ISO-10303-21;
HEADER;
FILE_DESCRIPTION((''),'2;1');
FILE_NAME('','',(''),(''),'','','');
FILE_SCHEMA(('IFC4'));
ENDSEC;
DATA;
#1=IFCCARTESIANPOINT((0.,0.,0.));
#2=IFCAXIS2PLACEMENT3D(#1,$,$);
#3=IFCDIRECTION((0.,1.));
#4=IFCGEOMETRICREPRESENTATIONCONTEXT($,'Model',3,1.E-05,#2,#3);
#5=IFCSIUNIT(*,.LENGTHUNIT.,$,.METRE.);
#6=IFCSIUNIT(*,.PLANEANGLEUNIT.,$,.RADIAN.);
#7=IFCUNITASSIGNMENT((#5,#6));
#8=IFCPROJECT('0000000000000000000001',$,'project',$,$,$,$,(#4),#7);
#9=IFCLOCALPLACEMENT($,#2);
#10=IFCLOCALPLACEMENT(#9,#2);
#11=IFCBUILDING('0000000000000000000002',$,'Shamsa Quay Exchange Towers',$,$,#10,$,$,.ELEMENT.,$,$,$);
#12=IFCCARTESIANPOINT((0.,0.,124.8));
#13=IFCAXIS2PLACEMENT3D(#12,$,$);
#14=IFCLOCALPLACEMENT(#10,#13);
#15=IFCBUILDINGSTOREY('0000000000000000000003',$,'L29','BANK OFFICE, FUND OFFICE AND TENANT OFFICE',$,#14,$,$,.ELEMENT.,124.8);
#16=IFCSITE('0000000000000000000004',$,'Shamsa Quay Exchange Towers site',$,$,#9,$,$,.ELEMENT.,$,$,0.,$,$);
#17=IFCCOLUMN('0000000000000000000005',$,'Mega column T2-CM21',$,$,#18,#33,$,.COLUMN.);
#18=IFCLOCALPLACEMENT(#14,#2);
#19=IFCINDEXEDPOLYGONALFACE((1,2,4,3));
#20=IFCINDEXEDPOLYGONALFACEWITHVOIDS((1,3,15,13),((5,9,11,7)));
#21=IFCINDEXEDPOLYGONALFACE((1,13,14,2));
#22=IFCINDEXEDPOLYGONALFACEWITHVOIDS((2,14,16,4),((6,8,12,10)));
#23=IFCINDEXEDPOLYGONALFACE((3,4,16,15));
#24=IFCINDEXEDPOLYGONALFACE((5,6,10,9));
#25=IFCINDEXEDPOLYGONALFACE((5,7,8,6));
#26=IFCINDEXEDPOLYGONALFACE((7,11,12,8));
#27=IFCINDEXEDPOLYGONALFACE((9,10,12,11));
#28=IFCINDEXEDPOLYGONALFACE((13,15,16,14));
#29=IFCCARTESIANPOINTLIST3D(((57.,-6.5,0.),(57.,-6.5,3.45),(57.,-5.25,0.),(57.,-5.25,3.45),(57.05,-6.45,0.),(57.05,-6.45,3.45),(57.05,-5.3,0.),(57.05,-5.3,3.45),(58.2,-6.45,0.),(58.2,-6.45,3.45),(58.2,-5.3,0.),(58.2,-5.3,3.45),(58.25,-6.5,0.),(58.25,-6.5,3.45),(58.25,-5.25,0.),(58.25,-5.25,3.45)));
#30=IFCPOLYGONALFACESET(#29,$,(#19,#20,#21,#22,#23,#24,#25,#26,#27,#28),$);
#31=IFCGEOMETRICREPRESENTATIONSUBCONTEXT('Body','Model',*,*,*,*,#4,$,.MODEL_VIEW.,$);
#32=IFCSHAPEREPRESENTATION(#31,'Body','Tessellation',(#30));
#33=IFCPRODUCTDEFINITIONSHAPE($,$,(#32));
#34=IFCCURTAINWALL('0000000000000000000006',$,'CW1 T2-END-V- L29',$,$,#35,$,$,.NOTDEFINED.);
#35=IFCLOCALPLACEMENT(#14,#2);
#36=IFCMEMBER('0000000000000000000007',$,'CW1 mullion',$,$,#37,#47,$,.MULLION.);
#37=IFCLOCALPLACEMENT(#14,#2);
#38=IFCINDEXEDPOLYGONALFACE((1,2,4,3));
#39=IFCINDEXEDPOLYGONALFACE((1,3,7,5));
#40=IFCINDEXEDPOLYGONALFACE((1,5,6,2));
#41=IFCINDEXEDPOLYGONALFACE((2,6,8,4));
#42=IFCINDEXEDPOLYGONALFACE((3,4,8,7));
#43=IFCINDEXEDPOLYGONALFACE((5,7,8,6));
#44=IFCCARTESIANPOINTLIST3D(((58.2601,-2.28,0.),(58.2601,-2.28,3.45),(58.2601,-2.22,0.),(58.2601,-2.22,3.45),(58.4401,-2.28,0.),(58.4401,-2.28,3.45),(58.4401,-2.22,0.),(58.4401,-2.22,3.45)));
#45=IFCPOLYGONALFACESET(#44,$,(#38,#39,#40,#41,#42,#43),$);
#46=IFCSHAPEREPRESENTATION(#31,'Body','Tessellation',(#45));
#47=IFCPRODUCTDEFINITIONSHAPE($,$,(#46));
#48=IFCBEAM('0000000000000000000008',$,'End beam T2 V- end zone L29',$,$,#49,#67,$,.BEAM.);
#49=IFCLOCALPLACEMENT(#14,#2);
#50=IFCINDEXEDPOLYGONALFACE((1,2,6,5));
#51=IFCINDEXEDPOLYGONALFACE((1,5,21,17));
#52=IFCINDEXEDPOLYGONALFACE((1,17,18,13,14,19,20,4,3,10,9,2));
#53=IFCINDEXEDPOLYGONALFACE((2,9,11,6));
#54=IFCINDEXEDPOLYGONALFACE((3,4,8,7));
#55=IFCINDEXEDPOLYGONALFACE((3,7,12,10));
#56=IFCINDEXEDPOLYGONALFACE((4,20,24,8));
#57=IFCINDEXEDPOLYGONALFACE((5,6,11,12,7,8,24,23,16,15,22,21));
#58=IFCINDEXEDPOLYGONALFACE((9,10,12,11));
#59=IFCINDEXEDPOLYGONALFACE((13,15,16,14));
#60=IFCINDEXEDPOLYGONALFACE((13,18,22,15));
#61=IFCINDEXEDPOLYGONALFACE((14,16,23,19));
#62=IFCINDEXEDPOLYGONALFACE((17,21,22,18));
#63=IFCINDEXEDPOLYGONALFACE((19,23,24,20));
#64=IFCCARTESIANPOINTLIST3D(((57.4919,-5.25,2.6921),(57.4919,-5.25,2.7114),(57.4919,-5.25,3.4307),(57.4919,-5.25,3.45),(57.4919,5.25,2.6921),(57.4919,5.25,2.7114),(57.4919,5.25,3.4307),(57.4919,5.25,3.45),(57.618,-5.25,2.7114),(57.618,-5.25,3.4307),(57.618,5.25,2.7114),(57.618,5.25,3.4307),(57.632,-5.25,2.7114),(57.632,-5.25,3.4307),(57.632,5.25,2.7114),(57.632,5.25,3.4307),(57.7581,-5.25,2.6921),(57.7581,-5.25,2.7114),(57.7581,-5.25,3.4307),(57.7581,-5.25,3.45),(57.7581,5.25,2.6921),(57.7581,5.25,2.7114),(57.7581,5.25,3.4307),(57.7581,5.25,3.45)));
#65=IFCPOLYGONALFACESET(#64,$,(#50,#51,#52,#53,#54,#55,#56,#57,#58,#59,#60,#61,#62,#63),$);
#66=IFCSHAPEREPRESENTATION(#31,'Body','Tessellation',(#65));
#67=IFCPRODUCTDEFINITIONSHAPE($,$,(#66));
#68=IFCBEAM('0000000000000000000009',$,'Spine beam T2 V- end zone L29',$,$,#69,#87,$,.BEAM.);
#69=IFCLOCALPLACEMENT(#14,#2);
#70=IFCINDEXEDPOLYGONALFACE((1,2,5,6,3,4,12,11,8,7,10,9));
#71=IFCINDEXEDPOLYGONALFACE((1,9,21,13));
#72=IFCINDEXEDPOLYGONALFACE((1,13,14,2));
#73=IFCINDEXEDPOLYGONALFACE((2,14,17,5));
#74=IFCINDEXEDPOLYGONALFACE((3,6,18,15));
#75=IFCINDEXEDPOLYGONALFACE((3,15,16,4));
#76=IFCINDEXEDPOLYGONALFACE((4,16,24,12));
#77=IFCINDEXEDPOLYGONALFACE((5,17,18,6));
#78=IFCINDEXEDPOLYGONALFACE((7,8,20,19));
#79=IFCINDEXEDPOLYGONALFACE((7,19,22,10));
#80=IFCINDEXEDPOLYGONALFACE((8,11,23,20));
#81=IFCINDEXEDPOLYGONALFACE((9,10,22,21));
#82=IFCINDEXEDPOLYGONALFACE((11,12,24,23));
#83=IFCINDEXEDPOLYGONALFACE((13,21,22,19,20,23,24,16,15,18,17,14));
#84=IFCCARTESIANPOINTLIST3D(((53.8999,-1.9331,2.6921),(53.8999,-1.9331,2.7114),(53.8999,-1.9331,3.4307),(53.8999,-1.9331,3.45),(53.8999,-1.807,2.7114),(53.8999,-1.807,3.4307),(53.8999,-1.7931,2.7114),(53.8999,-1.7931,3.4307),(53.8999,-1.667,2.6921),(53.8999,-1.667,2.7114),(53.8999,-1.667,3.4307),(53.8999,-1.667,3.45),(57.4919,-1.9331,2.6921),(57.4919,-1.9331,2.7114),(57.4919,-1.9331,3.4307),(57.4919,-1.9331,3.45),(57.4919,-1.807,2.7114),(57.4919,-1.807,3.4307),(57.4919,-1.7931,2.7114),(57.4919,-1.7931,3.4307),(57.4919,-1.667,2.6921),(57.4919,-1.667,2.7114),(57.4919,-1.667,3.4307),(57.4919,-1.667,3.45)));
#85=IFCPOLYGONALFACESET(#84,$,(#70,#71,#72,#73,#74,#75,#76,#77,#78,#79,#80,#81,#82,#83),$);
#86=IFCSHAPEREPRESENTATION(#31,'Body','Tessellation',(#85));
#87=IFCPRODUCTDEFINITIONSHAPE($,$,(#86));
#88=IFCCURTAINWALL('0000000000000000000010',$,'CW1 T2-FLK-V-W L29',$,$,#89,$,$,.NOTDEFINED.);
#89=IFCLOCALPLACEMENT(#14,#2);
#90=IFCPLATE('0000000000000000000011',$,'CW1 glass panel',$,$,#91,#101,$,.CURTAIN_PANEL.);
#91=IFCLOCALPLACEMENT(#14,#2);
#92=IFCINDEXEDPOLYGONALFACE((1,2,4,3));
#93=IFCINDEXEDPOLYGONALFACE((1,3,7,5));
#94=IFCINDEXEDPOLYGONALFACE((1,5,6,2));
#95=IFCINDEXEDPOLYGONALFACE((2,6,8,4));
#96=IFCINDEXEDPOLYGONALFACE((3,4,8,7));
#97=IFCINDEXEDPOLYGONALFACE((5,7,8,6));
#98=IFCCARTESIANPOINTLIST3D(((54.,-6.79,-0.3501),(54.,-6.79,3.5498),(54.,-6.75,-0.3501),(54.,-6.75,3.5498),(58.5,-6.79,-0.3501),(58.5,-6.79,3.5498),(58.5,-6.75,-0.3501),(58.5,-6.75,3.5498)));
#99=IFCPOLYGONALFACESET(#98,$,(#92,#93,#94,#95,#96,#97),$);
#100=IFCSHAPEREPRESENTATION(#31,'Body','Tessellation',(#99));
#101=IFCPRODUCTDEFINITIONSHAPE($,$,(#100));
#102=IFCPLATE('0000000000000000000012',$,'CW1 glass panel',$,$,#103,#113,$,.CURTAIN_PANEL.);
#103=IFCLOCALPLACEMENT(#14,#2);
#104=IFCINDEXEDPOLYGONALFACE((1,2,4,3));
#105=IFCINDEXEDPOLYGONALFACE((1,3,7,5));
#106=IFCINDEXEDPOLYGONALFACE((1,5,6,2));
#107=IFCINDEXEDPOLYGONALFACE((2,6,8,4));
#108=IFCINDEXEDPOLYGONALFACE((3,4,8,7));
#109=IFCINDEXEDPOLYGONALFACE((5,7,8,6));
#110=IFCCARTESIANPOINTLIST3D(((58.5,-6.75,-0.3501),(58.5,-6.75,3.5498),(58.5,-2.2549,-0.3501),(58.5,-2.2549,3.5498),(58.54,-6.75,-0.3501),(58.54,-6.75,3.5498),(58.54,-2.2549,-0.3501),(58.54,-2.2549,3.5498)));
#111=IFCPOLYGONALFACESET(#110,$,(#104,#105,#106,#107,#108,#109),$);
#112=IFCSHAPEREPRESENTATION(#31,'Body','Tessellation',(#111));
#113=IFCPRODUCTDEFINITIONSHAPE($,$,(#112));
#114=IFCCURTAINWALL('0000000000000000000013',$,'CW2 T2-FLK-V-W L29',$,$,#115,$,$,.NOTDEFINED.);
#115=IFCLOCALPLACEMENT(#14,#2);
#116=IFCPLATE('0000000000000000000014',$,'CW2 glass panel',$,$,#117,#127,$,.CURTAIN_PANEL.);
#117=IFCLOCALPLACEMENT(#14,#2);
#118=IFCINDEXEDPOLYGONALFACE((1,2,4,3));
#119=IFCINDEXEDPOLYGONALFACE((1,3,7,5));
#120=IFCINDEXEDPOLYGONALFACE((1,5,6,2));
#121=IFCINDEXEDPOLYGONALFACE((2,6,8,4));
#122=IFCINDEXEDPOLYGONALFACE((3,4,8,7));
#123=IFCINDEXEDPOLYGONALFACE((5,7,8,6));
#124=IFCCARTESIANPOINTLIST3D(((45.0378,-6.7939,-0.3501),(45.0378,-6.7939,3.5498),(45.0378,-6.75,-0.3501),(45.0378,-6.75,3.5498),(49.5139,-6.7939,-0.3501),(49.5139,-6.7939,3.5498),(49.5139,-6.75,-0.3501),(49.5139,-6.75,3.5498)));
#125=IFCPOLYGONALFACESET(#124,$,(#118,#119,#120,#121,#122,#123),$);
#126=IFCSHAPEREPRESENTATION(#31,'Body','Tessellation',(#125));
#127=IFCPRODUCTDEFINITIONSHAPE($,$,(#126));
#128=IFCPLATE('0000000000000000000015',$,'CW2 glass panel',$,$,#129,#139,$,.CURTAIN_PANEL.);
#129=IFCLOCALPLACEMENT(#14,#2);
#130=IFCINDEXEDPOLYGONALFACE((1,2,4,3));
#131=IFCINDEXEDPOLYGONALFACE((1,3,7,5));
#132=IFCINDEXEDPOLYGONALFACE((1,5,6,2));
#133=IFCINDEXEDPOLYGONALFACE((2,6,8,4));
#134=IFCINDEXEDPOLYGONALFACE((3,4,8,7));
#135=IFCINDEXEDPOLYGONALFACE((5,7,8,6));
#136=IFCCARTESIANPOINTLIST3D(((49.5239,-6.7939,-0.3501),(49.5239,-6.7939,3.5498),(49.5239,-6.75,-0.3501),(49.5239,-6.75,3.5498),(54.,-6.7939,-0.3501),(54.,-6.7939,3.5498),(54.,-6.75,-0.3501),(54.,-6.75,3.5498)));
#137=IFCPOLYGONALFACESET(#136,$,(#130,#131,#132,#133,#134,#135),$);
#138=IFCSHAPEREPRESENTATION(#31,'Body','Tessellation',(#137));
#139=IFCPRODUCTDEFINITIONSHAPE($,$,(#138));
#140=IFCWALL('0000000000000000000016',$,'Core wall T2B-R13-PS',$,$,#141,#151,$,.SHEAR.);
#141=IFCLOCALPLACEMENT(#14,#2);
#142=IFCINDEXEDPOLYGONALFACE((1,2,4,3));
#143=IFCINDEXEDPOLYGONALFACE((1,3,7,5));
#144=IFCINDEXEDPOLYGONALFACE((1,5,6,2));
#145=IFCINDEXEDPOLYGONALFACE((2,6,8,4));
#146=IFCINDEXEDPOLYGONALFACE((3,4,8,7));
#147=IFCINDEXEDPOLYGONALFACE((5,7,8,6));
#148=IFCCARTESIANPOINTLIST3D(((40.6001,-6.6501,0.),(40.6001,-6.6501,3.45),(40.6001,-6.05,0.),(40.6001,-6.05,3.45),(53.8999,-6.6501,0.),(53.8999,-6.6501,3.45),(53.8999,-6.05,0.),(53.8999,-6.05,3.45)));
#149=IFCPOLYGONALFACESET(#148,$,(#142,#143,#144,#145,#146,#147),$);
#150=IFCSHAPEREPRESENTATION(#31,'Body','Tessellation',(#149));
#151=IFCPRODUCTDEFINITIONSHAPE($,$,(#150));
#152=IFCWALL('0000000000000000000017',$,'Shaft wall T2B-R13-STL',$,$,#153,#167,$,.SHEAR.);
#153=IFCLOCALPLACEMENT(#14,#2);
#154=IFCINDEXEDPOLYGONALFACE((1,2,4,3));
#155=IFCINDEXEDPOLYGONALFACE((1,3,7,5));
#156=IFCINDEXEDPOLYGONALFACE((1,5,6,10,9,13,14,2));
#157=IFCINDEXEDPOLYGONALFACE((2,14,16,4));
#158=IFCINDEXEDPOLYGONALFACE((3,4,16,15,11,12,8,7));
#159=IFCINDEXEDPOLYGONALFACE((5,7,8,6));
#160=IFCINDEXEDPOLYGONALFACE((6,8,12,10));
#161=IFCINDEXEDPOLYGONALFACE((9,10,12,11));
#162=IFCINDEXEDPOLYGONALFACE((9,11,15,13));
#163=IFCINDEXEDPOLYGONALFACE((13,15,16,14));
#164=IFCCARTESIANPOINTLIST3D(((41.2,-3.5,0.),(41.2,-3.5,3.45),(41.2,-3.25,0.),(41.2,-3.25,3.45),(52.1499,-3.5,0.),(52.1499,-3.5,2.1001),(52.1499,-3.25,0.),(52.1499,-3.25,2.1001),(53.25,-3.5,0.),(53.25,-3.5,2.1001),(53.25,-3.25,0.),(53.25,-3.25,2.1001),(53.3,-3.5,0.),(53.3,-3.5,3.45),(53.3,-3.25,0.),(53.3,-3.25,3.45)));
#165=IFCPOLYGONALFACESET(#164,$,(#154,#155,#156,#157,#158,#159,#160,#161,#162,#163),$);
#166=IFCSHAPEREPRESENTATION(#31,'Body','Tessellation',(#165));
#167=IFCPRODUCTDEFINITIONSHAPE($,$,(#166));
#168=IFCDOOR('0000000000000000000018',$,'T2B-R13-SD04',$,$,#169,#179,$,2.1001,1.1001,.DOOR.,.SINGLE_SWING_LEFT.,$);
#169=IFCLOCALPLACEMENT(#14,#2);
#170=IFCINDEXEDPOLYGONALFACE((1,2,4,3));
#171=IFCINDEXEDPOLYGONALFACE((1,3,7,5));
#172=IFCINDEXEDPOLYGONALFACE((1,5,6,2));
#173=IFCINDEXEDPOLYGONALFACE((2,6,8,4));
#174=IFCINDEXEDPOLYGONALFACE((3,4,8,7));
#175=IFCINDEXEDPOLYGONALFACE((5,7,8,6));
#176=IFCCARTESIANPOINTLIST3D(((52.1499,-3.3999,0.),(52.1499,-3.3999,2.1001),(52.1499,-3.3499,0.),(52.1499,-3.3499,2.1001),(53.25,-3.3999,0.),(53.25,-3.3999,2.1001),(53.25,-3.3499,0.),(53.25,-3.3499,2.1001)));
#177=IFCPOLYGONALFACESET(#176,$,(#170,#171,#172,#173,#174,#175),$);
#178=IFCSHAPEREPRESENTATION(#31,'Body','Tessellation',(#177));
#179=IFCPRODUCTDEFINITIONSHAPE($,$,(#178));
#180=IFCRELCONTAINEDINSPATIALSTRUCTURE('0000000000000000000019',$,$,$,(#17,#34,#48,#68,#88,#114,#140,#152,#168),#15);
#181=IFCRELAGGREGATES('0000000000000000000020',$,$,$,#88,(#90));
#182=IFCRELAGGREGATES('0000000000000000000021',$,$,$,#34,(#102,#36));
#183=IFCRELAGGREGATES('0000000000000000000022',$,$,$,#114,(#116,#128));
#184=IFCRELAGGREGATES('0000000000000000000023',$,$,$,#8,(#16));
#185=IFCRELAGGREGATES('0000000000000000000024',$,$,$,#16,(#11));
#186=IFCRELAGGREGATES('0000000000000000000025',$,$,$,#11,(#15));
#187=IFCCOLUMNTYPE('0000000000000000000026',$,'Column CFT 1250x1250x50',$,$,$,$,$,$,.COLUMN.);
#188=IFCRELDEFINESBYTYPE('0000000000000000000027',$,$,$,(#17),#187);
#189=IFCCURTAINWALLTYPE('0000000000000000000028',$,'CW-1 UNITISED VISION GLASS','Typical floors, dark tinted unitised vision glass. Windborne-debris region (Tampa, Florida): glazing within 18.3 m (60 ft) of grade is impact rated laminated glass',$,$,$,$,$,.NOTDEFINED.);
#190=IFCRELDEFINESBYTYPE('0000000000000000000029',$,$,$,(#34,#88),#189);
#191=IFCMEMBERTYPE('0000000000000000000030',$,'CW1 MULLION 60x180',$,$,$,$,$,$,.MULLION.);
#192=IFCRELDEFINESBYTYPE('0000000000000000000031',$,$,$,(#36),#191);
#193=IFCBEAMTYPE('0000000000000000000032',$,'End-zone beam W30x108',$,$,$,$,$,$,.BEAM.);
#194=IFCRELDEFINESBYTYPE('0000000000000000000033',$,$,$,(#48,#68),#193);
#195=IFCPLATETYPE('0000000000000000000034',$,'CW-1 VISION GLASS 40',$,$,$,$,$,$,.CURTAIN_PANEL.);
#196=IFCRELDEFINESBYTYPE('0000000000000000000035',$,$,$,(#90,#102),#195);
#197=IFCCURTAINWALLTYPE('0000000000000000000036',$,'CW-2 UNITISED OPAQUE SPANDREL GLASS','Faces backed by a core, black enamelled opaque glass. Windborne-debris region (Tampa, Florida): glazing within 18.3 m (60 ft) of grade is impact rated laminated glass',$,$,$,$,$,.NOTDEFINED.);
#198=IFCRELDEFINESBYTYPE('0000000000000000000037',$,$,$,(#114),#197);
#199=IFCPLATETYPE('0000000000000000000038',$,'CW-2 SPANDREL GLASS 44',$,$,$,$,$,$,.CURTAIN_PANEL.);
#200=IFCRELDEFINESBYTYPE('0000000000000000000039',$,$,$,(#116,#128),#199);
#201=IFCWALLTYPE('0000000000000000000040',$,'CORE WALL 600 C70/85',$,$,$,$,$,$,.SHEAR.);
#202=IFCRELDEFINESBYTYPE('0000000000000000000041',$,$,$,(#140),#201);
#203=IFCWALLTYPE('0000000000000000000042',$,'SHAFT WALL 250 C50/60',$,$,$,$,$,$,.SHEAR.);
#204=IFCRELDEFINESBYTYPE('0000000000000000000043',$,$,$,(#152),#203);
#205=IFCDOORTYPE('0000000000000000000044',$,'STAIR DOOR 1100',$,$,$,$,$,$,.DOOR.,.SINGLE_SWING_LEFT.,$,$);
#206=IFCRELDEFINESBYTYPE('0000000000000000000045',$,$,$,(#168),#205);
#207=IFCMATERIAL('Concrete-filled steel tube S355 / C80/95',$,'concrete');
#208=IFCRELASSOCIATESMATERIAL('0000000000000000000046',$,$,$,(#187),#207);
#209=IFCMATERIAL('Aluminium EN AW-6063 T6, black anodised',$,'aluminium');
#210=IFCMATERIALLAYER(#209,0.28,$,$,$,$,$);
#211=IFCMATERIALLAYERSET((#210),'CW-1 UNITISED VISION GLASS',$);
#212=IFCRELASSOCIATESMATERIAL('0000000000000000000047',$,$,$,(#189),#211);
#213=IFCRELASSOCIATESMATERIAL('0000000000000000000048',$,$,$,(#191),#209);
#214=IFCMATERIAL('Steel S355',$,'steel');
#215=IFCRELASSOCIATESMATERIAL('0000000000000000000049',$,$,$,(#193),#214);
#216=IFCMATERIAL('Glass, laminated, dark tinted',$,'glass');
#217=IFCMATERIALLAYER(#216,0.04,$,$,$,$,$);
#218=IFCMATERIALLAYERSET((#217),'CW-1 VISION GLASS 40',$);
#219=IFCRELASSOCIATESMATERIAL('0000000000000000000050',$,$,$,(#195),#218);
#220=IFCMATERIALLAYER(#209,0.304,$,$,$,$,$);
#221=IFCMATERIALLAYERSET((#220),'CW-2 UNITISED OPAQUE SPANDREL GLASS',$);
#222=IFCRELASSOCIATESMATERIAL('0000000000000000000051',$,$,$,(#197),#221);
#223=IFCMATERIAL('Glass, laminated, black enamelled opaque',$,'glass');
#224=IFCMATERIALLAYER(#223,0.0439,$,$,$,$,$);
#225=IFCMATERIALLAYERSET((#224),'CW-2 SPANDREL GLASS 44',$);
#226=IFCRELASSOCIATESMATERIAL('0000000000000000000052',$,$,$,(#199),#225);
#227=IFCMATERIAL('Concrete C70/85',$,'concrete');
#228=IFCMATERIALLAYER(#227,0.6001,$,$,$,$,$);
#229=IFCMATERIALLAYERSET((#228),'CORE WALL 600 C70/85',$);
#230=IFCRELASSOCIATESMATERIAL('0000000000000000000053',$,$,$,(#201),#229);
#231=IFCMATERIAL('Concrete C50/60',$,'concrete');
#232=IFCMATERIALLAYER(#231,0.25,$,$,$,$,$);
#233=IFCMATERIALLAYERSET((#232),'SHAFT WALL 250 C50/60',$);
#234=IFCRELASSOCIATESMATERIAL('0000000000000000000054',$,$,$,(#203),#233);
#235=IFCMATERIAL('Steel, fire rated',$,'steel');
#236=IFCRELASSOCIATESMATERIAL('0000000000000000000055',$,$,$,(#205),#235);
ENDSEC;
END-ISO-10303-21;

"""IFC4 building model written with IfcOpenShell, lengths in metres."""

from ifc_helpers import new_model, si_unit, direction, frame, frame_2d, origin, origin_2d, place, context, subcontext, project, spatial, rectangle, hollow_rectangle, i_section, extrude, material, layer, layer_set, material_profile, profile_set, type_object, element, fill, aggregate, save


model = new_model("IFC4")

# Units and contexts
model_context = context("Model", 3, precision=1e-05, world=origin(), true_north=direction((0.0, 1.0)))
body_context = subcontext(model_context, "Body", "Model", "MODEL_VIEW")
ifc_project = project(units=[si_unit("LENGTHUNIT", "METRE"), si_unit("PLANEANGLEUNIT", "RADIAN")], contexts=[model_context])

# Site, building, storey
site_placement = place(None, origin())
site = spatial("IfcSite", under=ifc_project, at=site_placement, Name="Shamsa Quay Exchange Towers site", CompositionType="ELEMENT", RefElevation=0.0)
building_placement = place(site_placement, origin())
building = spatial("IfcBuilding", under=site, at=building_placement, Name="Shamsa Quay Exchange Towers", CompositionType="ELEMENT")
storey_placement = place(building_placement, frame((0.0, 0.0, 124.8)))
storey = spatial("IfcBuildingStorey", under=building, at=storey_placement, Name="L29", Description="BANK OFFICE, FUND OFFICE AND TENANT OFFICE", CompositionType="ELEMENT", Elevation=124.8)

# Column
ifc_material_1 = material(Name="Concrete-filled steel tube S355 / C80/95", Category="concrete")
ifc_material_profile_1 = material_profile(ifc_material_1, hollow_rectangle(XDim=1.25, YDim=1.25, WallThickness=0.05, at=origin_2d()), Name="CFT 1250x1250x50")
ifc_profile_set_1 = profile_set([ifc_material_profile_1], Name="Concrete-filled steel tube S355 / C80/95")
column_type = type_object("IfcColumnType", Name="Column CFT 1250x1250x50", PredefinedType="COLUMN", material=ifc_profile_set_1)
column_placement = place(storey_placement, frame((57.625, -5.875, 0.0)))
element("IfcColumn", 1, at=column_placement, inside=storey, type_object=column_type, Name="Mega column T2-CM21", PredefinedType="COLUMN", context=body_context, shape_type="SweptSolid", body=[
    extrude(hollow_rectangle(XDim=1.25, YDim=1.25, WallThickness=0.05, at=origin_2d()), origin(), (0.0, 0.0, 1.0), 3.45),
])

# Curtain wall, member
ifc_material_2 = material(Name="Aluminium EN AW-6063 T6, black anodised", Category="aluminium")
ifc_layer_1 = layer(ifc_material_2, 0.28)
ifc_layer_set_1 = layer_set([ifc_layer_1], Name="CW-1 UNITISED VISION GLASS")
curtain_wall_type_1 = type_object("IfcCurtainWallType", Name="CW-1 UNITISED VISION GLASS", Description="Typical floors, dark tinted unitised vision glass. Windborne-debris region (Tampa, Florida): glazing within 18.3 m (60 ft) of grade is impact rated laminated glass", PredefinedType="NOTDEFINED", material=ifc_layer_set_1)
curtain_wall_1_placement = place(storey_placement, origin())
curtain_wall_1 = element("IfcCurtainWall", 2, at=curtain_wall_1_placement, inside=storey, type_object=curtain_wall_type_1, Name="CW1 T2-END-V- L29", PredefinedType="NOTDEFINED")
ifc_material_profile_2 = material_profile(ifc_material_2, rectangle(XDim=0.1799, YDim=0.0601, at=origin_2d()), Name="MU60x180")
ifc_profile_set_2 = profile_set([ifc_material_profile_2], Name="Aluminium EN AW-6063 T6, black anodised")
member_type = type_object("IfcMemberType", Name="CW1 MULLION 60x180", PredefinedType="MULLION", material=ifc_profile_set_2)
member_placement = place(storey_placement, frame((58.3501, -2.25, 0.0), z_axis=(0.0, 0.0, 1.0), x_axis=(-1.0, 0.0, 0.0)))
member = element("IfcMember", 3, at=member_placement, type_object=member_type, Name="CW1 mullion", PredefinedType="MULLION", context=body_context, shape_type="SweptSolid", body=[
    extrude(rectangle(XDim=0.1799, YDim=0.0601, at=origin_2d()), origin(), (0.0, 0.0, 1.0), 3.45),
])

# Beams
ifc_material_3 = material(Name="Steel S355", Category="steel")
ifc_material_profile_3 = material_profile(ifc_material_3, i_section(OverallWidth=0.2661, OverallDepth=0.7578, WebThickness=0.0139, FlangeThickness=0.0193, at=origin_2d()), Name="W30x108")
ifc_profile_set_3 = profile_set([ifc_material_profile_3], Name="Steel S355")
beam_type = type_object("IfcBeamType", Name="End-zone beam W30x108", PredefinedType="BEAM", material=ifc_profile_set_3)
beam_1_placement = place(storey_placement, frame((57.625, -5.25, 3.071), z_axis=(0.0, 1.0, 0.0), x_axis=(-1.0, 0.0, 0.0)))
element("IfcBeam", 4, at=beam_1_placement, inside=storey, type_object=beam_type, Name="End beam T2 V- end zone L29", PredefinedType="BEAM", context=body_context, shape_type="SweptSolid", body=[
    extrude(i_section(OverallWidth=0.2661, OverallDepth=0.7578, WebThickness=0.0139, FlangeThickness=0.0193, at=origin_2d()), origin(), (0.0, 0.0, 1.0), 10.5),
])
beam_2_placement = place(storey_placement, frame((53.8999, -1.8, 3.071), z_axis=(1.0, 0.0, 0.0), x_axis=(0.0, 1.0, 0.0)))
element("IfcBeam", 5, at=beam_2_placement, inside=storey, type_object=beam_type, Name="Spine beam T2 V- end zone L29", PredefinedType="BEAM", context=body_context, shape_type="SweptSolid", body=[
    extrude(i_section(OverallWidth=0.2661, OverallDepth=0.7578, WebThickness=0.0139, FlangeThickness=0.0193, at=origin_2d()), origin(), (0.0, 0.0, 1.0), 3.592),
])

# Curtain wall, plate
curtain_wall_2_placement = place(storey_placement, origin())
curtain_wall_2 = element("IfcCurtainWall", 6, at=curtain_wall_2_placement, inside=storey, type_object=curtain_wall_type_1, Name="CW1 T2-FLK-V-W L29", PredefinedType="NOTDEFINED")
ifc_material_4 = material(Name="Glass, laminated, dark tinted", Category="glass")
ifc_layer_2 = layer(ifc_material_4, 0.04)
ifc_layer_set_2 = layer_set([ifc_layer_2], Name="CW-1 VISION GLASS 40")
plate_type_1 = type_object("IfcPlateType", Name="CW-1 VISION GLASS 40", PredefinedType="CURTAIN_PANEL", material=ifc_layer_set_2)
plate_1_placement = place(storey_placement, frame((56.25, -6.77, -0.3501)))
plate_1 = element("IfcPlate", 7, at=plate_1_placement, type_object=plate_type_1, Name="CW1 glass panel", PredefinedType="CURTAIN_PANEL", context=body_context, shape_type="SweptSolid", body=[
    extrude(rectangle(XDim=4.5, YDim=0.04, at=origin_2d()), origin(), (0.0, 0.0, 1.0), 3.8999),
])
aggregate(curtain_wall_2, [plate_1])

# Plate
plate_2_placement = place(storey_placement, frame((58.52, -4.5024, -0.3501), z_axis=(0.0, 0.0, 1.0), x_axis=(0.0, 1.0, 0.0)))
plate_2 = element("IfcPlate", 8, at=plate_2_placement, type_object=plate_type_1, Name="CW1 glass panel", PredefinedType="CURTAIN_PANEL", context=body_context, shape_type="SweptSolid", body=[
    extrude(rectangle(XDim=4.4951, YDim=0.04, at=origin_2d()), origin(), (0.0, 0.0, 1.0), 3.8999),
])
aggregate(curtain_wall_1, [plate_2, member])

# Curtain wall, plates
ifc_layer_3 = layer(ifc_material_2, 0.304)
ifc_layer_set_3 = layer_set([ifc_layer_3], Name="CW-2 UNITISED OPAQUE SPANDREL GLASS")
curtain_wall_type_2 = type_object("IfcCurtainWallType", Name="CW-2 UNITISED OPAQUE SPANDREL GLASS", Description="Faces backed by a core, black enamelled opaque glass. Windborne-debris region (Tampa, Florida): glazing within 18.3 m (60 ft) of grade is impact rated laminated glass", PredefinedType="NOTDEFINED", material=ifc_layer_set_3)
curtain_wall_3_placement = place(storey_placement, origin())
curtain_wall_3 = element("IfcCurtainWall", 9, at=curtain_wall_3_placement, inside=storey, type_object=curtain_wall_type_2, Name="CW2 T2-FLK-V-W L29", PredefinedType="NOTDEFINED")
ifc_material_5 = material(Name="Glass, laminated, black enamelled opaque", Category="glass")
ifc_layer_4 = layer(ifc_material_5, 0.0439)
ifc_layer_set_4 = layer_set([ifc_layer_4], Name="CW-2 SPANDREL GLASS 44")
plate_type_2 = type_object("IfcPlateType", Name="CW-2 SPANDREL GLASS 44", PredefinedType="CURTAIN_PANEL", material=ifc_layer_set_4)
plate_3_placement = place(storey_placement, frame((47.2759, -6.772, -0.3501)))
plate_3 = element("IfcPlate", 10, at=plate_3_placement, type_object=plate_type_2, Name="CW2 glass panel", PredefinedType="CURTAIN_PANEL", context=body_context, shape_type="SweptSolid", body=[
    extrude(rectangle(XDim=4.4761, YDim=0.0439, at=origin_2d()), origin(), (0.0, 0.0, 1.0), 3.8999),
])
plate_4_placement = place(storey_placement, frame((51.762, -6.772, -0.3501)))
plate_4 = element("IfcPlate", 11, at=plate_4_placement, type_object=plate_type_2, Name="CW2 glass panel", PredefinedType="CURTAIN_PANEL", context=body_context, shape_type="SweptSolid", body=[
    extrude(rectangle(XDim=4.4761, YDim=0.0439, at=origin_2d()), origin(), (0.0, 0.0, 1.0), 3.8999),
])
aggregate(curtain_wall_3, [plate_3, plate_4])

# Wall
ifc_material_6 = material(Name="Concrete C70/85", Category="concrete")
ifc_layer_5 = layer(ifc_material_6, 0.6001)
ifc_layer_set_5 = layer_set([ifc_layer_5], Name="CORE WALL 600 C70/85")
wall_type_1 = type_object("IfcWallType", Name="CORE WALL 600 C70/85", PredefinedType="SHEAR", material=ifc_layer_set_5)
wall_1_placement = place(storey_placement, frame((53.8999, -6.3501, 0.0), z_axis=(0.0, 0.0, 1.0), x_axis=(-1.0, 0.0, 0.0)))
element("IfcWall", 12, at=wall_1_placement, inside=storey, type_object=wall_type_1, Name="Core wall T2B-R13-PS", PredefinedType="SHEAR", context=body_context, shape_type="SweptSolid", body=[
    extrude(rectangle(XDim=13.2998, YDim=0.6001, at=frame_2d((6.6499, 0.0))), origin(), (0.0, 0.0, 1.0), 3.45),
])

# Wall, opening, door
ifc_material_7 = material(Name="Steel, fire rated", Category="steel")
ifc_material_8 = material(Name="Concrete C50/60", Category="concrete")
ifc_layer_6 = layer(ifc_material_8, 0.25)
ifc_layer_set_6 = layer_set([ifc_layer_6], Name="SHAFT WALL 250 C50/60")
wall_type_2 = type_object("IfcWallType", Name="SHAFT WALL 250 C50/60", PredefinedType="SHEAR", material=ifc_layer_set_6)
wall_2_placement = place(storey_placement, frame((53.3, -3.375, 0.0), z_axis=(0.0, 0.0, 1.0), x_axis=(-1.0, 0.0, 0.0)))
wall_2 = element("IfcWall", 13, at=wall_2_placement, inside=storey, type_object=wall_type_2, Name="Shaft wall T2B-R13-STL", PredefinedType="SHEAR", context=body_context, shape_type="SweptSolid", body=[
    extrude(rectangle(XDim=12.1001, YDim=0.25, at=frame_2d((6.05, 0.0))), origin(), (0.0, 0.0, 1.0), 3.45),
])
opening_1_placement = place(wall_2_placement, frame((0.05, 0.0, 0.0)))
opening_1 = element("IfcOpeningElement", 14, at=opening_1_placement, cuts=wall_2, PredefinedType="OPENING", context=body_context, shape_type="SweptSolid", body=[
    extrude(rectangle(XDim=1.1001, YDim=2.1001, at=frame_2d((0.55, 1.05))), frame((0.0, 0.135, 0.0), z_axis=(0.0, -1.0, 0.0), x_axis=(1.0, 0.0, 0.0)), (0.0, 0.0, 1.0), 0.27),
])
door_type_1 = type_object("IfcDoorType", Name="STAIR DOOR 1100", OperationType="SINGLE_SWING_LEFT", PredefinedType="DOOR", material=ifc_material_7)
door_1_placement = place(opening_1_placement, origin())
door_1 = element("IfcDoor", 15, at=door_1_placement, inside=storey, type_object=door_type_1, Name="T2B-R13-SD04", OperationType="SINGLE_SWING_LEFT", OverallHeight=2.1001, OverallWidth=1.1001, PredefinedType="DOOR", context=body_context, shape_type="SweptSolid", body=[
    extrude(rectangle(XDim=1.1001, YDim=2.1001, at=frame_2d((0.55, 1.05))), frame((0.0, 0.0249, 0.0), z_axis=(0.0, -1.0, 0.0), x_axis=(1.0, 0.0, 0.0)), (0.0, 0.0, 1.0), 0.05),
])
fill(opening_1, door_1)

save(model, "model.ifc")
